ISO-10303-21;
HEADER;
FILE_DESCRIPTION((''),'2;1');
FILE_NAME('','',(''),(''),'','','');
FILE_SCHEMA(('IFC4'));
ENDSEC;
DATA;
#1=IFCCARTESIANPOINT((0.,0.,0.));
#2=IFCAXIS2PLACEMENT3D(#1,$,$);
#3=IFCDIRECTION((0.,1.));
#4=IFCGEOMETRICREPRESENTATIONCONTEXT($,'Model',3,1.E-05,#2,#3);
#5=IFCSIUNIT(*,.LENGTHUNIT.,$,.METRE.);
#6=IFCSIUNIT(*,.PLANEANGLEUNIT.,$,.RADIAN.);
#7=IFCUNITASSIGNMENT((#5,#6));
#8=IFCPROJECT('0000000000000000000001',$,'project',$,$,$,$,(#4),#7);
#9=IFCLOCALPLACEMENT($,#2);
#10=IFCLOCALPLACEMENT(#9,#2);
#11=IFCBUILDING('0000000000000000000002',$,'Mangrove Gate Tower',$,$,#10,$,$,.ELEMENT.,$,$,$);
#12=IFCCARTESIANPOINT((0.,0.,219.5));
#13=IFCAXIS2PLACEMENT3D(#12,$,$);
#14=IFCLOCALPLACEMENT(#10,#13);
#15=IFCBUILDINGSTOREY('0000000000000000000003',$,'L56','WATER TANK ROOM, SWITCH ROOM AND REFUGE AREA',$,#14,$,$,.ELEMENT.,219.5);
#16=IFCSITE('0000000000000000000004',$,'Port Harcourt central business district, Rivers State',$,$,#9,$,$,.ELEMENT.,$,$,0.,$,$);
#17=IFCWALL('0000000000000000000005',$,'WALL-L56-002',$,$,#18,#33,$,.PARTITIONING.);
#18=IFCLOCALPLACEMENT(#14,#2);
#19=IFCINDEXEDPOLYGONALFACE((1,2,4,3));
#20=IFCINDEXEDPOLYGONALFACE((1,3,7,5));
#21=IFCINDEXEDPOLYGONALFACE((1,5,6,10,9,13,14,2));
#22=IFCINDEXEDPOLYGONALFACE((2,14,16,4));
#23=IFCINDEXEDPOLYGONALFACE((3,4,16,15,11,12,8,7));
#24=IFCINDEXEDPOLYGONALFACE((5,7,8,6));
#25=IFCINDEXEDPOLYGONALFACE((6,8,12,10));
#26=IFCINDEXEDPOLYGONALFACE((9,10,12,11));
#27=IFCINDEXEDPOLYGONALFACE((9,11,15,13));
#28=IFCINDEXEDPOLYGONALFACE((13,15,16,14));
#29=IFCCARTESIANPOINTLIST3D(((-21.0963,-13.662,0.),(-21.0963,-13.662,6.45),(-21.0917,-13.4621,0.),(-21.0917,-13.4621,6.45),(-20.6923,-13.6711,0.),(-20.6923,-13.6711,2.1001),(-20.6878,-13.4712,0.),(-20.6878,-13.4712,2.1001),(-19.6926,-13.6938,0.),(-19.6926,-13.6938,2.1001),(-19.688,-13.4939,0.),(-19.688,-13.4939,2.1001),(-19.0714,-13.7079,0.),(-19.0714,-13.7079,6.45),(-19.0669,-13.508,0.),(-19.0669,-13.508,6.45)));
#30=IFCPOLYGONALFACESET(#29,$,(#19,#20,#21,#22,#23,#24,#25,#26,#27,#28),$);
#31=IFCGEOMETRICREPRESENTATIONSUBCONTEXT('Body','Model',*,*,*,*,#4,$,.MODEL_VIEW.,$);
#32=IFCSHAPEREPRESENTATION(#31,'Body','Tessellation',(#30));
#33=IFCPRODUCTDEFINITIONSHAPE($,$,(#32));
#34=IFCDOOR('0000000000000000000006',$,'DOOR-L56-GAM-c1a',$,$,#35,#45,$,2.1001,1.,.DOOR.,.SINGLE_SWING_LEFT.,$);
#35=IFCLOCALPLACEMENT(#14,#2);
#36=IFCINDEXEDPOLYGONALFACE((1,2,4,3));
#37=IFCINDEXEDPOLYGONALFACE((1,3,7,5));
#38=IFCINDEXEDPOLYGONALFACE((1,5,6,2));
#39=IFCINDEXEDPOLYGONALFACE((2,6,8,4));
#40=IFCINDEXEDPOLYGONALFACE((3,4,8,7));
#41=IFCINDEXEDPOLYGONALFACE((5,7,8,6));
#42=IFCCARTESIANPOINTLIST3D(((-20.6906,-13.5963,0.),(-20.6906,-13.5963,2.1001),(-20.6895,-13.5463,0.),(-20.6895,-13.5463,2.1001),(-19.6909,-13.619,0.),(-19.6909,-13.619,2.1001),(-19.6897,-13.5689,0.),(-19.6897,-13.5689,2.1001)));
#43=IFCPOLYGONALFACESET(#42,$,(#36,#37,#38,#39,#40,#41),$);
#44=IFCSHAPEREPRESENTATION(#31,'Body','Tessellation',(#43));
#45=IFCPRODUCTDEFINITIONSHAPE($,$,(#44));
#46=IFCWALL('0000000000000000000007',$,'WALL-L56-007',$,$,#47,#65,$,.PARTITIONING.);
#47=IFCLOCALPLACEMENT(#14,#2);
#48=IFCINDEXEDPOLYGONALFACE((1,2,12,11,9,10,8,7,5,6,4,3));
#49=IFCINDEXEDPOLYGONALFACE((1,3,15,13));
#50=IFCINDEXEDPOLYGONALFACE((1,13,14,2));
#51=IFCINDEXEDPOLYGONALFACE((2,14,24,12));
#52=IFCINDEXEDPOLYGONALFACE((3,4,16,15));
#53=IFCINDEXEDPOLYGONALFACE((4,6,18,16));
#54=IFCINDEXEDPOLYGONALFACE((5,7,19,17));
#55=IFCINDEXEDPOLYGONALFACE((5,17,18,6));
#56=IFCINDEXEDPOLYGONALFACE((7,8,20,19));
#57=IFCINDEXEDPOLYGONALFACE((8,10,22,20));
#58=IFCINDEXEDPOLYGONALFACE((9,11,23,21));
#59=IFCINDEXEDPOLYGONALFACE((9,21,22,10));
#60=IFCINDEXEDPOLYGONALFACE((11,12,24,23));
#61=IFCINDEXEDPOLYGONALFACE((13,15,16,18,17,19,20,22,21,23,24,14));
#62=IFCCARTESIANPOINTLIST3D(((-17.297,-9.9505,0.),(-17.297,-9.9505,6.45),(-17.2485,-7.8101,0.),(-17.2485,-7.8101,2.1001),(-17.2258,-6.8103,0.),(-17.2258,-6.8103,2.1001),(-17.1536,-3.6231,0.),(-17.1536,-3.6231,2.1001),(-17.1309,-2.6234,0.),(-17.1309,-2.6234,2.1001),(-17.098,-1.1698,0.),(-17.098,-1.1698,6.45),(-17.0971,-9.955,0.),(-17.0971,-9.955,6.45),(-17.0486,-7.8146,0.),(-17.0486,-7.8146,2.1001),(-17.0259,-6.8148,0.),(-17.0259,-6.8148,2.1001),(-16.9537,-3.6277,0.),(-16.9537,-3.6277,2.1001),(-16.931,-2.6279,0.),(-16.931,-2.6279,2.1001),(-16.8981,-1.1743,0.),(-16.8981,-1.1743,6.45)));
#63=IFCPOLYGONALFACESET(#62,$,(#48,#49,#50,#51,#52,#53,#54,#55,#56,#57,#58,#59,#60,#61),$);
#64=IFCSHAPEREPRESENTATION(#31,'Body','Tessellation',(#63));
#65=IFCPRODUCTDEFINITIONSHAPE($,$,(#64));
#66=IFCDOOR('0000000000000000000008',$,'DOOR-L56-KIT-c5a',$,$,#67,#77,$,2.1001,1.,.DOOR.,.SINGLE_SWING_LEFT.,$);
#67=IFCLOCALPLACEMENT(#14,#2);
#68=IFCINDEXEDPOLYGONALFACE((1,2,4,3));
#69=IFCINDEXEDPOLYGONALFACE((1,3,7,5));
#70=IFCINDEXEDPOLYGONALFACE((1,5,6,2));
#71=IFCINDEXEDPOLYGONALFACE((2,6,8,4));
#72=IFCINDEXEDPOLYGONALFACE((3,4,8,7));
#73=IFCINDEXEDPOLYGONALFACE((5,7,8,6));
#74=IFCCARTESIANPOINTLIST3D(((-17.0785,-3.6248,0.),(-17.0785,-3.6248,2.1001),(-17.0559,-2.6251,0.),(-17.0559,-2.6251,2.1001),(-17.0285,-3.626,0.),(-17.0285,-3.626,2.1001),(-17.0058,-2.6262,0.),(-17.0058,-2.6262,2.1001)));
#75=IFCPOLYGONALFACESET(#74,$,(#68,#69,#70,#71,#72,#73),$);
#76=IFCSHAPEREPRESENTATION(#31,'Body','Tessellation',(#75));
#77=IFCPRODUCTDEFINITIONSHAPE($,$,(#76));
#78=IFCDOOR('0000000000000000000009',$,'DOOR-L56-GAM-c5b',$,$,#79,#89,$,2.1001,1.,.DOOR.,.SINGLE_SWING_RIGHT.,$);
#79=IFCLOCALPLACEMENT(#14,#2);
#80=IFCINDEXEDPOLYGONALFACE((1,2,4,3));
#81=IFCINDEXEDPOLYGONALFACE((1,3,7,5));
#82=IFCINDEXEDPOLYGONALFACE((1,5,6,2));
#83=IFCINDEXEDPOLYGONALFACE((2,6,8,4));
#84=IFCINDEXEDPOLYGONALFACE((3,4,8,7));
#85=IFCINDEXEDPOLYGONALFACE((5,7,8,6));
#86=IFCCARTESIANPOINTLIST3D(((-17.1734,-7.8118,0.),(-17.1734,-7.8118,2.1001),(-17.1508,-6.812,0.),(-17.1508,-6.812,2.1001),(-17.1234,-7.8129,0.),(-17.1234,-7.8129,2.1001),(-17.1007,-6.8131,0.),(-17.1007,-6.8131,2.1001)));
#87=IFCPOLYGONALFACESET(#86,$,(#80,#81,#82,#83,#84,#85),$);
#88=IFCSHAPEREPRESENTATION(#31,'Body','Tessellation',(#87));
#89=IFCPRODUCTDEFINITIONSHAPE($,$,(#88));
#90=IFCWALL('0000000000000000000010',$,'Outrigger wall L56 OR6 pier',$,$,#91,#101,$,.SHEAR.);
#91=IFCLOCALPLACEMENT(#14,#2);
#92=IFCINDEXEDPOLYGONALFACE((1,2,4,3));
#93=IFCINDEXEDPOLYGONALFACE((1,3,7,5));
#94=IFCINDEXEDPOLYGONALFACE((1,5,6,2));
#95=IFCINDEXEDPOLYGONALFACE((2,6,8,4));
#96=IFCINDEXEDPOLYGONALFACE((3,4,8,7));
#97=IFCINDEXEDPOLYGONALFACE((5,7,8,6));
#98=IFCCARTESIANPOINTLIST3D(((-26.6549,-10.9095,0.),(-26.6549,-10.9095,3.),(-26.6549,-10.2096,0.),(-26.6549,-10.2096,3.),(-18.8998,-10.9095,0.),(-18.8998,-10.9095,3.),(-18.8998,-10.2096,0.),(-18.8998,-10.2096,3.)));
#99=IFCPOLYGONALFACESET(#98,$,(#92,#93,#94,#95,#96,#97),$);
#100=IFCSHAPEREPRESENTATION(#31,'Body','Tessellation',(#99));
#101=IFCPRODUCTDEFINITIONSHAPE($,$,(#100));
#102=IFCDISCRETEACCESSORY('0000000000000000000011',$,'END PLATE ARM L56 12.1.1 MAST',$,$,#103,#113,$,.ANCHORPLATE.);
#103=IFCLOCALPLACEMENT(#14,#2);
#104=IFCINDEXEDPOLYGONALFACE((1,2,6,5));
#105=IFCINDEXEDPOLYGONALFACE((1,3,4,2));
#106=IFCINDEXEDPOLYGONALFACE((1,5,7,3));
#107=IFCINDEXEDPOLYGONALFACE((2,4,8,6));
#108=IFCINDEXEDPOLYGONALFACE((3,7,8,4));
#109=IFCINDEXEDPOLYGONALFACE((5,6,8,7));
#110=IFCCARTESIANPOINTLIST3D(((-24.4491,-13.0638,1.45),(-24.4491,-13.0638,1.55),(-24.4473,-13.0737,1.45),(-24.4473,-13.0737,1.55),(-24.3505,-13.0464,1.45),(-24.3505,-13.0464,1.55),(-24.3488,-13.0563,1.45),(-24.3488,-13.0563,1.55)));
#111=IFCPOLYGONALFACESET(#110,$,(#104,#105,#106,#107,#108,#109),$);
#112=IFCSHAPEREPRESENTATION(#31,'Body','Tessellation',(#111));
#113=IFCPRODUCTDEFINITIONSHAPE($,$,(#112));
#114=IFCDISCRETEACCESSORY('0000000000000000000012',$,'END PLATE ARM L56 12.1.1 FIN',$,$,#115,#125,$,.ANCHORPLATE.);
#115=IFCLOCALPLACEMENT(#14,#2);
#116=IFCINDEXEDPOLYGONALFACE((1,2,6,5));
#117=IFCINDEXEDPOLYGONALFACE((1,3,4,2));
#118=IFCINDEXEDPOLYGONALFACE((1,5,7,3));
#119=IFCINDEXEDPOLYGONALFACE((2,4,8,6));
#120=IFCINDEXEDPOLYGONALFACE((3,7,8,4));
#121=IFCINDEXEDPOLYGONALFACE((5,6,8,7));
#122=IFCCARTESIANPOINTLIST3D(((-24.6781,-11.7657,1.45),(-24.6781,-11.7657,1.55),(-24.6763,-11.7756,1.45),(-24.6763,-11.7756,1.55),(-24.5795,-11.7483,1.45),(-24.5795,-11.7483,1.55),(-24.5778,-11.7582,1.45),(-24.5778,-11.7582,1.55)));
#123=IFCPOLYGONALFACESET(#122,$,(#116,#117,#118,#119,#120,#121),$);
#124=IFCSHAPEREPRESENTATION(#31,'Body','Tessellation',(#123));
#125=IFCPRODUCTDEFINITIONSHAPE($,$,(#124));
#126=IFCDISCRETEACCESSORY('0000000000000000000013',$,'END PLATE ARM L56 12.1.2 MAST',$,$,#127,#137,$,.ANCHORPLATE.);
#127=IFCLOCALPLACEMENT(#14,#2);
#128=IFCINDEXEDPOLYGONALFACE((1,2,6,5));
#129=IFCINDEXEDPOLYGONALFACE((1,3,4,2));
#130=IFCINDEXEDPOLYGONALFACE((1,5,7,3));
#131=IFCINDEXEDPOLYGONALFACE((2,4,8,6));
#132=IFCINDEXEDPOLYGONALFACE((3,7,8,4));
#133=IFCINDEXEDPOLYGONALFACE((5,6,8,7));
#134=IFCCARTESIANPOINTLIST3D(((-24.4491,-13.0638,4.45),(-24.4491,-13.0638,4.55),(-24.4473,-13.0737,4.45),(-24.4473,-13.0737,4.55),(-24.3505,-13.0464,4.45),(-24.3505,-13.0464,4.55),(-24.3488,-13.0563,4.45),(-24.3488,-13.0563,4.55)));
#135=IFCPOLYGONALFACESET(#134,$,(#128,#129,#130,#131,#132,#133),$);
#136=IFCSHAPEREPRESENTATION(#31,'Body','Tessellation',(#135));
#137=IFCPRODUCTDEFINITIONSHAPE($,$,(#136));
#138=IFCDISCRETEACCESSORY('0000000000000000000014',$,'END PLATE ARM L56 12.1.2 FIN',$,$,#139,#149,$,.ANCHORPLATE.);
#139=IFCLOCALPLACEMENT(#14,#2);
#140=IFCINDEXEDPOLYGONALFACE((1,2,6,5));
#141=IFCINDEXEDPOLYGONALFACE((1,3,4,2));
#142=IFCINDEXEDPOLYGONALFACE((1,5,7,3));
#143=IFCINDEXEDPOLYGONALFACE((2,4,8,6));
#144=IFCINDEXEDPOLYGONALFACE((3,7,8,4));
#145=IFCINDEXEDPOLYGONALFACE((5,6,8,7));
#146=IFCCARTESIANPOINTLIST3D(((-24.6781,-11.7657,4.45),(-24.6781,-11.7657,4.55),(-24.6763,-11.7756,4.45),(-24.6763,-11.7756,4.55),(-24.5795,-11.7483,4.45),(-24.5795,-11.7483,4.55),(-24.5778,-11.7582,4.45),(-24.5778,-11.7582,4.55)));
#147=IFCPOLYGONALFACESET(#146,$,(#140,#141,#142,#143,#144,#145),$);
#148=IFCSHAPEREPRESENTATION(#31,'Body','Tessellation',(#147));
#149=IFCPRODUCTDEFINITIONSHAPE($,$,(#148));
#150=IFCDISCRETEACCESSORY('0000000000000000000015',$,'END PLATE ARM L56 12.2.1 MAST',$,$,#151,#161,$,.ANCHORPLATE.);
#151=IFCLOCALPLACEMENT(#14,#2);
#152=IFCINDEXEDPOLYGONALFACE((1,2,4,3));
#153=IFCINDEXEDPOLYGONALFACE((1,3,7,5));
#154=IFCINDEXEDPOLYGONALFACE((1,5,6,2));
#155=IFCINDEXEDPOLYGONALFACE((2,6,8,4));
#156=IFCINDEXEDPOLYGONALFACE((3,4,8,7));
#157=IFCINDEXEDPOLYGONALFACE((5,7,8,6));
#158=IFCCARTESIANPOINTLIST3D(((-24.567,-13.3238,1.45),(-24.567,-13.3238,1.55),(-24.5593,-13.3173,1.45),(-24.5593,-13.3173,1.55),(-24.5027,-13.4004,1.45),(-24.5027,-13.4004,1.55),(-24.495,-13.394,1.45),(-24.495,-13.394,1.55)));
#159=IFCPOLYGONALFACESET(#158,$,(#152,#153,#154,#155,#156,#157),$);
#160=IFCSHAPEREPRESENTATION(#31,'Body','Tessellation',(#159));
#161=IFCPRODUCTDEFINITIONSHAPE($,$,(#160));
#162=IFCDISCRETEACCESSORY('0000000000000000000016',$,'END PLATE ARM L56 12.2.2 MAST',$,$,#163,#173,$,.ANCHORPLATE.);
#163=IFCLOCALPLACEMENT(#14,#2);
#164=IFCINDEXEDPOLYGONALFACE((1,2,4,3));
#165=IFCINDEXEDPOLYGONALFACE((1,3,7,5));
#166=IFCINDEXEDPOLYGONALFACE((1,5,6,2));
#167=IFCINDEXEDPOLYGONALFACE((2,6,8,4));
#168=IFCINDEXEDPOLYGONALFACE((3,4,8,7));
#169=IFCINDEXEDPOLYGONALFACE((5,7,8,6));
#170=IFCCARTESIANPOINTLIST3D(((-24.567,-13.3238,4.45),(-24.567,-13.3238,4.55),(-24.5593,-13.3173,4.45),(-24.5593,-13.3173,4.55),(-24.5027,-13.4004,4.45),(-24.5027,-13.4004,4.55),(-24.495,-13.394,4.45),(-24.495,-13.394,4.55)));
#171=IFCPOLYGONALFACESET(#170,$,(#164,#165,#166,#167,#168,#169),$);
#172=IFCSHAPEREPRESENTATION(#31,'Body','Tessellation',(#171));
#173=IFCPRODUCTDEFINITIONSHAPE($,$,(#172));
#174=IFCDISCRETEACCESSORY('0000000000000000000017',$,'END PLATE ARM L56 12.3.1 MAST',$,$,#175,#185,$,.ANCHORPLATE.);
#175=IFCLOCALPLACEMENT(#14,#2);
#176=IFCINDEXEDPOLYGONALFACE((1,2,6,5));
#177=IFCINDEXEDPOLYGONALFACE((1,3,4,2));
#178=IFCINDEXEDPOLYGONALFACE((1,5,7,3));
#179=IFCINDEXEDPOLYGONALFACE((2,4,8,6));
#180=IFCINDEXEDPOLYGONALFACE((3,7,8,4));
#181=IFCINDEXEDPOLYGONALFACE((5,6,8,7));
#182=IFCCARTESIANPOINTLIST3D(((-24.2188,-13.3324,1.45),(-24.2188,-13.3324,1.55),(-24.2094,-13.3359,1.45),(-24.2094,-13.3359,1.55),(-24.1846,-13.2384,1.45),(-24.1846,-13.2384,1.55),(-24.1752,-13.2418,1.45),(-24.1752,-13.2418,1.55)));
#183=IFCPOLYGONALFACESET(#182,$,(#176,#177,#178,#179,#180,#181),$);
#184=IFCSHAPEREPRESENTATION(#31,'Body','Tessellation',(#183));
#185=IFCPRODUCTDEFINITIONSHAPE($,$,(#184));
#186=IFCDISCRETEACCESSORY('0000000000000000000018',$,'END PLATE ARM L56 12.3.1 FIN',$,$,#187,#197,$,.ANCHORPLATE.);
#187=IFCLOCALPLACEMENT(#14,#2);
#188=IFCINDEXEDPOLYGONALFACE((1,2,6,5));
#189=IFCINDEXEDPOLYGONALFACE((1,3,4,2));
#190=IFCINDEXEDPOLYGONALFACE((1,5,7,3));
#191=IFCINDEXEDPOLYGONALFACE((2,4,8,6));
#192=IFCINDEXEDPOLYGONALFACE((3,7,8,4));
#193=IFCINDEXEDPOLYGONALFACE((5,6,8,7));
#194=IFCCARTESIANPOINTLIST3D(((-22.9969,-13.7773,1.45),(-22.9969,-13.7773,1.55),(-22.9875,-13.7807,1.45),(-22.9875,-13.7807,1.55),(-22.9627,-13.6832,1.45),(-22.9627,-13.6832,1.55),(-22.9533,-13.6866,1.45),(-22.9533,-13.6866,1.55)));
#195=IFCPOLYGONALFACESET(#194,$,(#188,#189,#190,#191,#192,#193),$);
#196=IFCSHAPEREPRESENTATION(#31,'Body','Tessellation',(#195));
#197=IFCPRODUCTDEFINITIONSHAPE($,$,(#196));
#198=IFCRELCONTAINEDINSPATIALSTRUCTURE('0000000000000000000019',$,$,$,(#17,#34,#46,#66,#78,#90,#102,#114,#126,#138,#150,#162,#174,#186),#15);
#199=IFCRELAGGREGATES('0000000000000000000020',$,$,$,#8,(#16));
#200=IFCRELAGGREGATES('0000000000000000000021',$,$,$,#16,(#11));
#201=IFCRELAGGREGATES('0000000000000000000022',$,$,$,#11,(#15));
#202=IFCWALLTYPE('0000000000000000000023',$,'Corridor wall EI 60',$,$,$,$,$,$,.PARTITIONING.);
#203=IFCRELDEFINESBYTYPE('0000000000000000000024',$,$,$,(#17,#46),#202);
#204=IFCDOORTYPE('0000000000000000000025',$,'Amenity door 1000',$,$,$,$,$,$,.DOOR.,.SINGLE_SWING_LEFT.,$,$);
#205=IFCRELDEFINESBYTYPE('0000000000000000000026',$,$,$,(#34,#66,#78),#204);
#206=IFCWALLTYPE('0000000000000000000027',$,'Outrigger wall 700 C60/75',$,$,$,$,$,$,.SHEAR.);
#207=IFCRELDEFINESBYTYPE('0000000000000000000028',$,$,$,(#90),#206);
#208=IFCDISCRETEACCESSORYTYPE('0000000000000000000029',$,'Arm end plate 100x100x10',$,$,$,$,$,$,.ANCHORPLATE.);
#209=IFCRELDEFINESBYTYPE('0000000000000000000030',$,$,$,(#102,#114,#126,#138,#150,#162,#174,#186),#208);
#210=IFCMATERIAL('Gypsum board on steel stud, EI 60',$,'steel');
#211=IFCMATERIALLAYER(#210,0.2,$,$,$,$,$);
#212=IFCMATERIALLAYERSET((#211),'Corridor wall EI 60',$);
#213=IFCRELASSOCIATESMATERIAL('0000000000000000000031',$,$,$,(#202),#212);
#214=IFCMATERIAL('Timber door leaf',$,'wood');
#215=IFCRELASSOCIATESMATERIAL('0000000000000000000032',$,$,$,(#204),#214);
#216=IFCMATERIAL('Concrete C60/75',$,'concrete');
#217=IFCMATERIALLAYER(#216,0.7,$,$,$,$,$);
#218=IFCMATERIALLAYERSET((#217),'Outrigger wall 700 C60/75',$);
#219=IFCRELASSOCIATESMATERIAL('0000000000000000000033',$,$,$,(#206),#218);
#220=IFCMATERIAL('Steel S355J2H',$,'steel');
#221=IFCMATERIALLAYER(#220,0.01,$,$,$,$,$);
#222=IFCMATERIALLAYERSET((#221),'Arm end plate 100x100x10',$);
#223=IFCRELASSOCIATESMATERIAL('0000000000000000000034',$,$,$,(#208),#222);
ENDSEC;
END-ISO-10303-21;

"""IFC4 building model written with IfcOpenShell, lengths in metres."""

from ifc_helpers import new_model, si_unit, direction, frame, frame_2d, origin, origin_2d, place, context, subcontext, project, spatial, rectangle, extrude, material, layer, layer_set, type_object, element, fill, save


model = new_model("IFC4")

# Units and contexts
model_context = context("Model", 3, precision=1e-05, world=origin(), true_north=direction((0.0, 1.0)))
body_context = subcontext(model_context, "Body", "Model", "MODEL_VIEW")
ifc_project = project(units=[si_unit("LENGTHUNIT", "METRE"), si_unit("PLANEANGLEUNIT", "RADIAN")], contexts=[model_context])

# Site, building, storey
site_placement = place(None, origin())
site = spatial("IfcSite", under=ifc_project, at=site_placement, Name="Port Harcourt central business district, Rivers State", CompositionType="ELEMENT", RefElevation=0.0)
building_placement = place(site_placement, origin())
building = spatial("IfcBuilding", under=site, at=building_placement, Name="Mangrove Gate Tower", CompositionType="ELEMENT")
storey_placement = place(building_placement, frame((0.0, 0.0, 219.5)))
storey = spatial("IfcBuildingStorey", under=building, at=storey_placement, Name="L56", Description="WATER TANK ROOM, SWITCH ROOM AND REFUGE AREA", CompositionType="ELEMENT", Elevation=219.5)

# Wall, opening, door
ifc_material_1 = material(Name="Gypsum board on steel stud, EI 60", Category="steel")
ifc_layer_1 = layer(ifc_material_1, 0.2)
ifc_layer_set_1 = layer_set([ifc_layer_1], Name="Corridor wall EI 60")
wall_type_1 = type_object("IfcWallType", Name="Corridor wall EI 60", PredefinedType="PARTITIONING", material=ifc_layer_set_1)
wall_1_placement = place(storey_placement, frame((-21.094, -13.562, 0.0), z_axis=(0.0, 0.0, 1.0), x_axis=(0.999743, -0.022661, 0.0)))
wall_1 = element("IfcWall", 1, at=wall_1_placement, inside=storey, type_object=wall_type_1, Name="WALL-L56-002", PredefinedType="PARTITIONING", context=body_context, shape_type="SweptSolid", body=[
    extrude(rectangle(XDim=2.0254, YDim=0.2, at=frame_2d((1.0127, 0.0))), origin(), (0.0, 0.0, 1.0), 6.45),
])
opening_1_placement = place(wall_1_placement, frame((0.4041, 0.0, 0.0)))
opening_1 = element("IfcOpeningElement", 2, at=opening_1_placement, cuts=wall_1, PredefinedType="OPENING", context=body_context, shape_type="SweptSolid", body=[
    extrude(rectangle(XDim=1.0, YDim=2.1001, at=frame_2d((0.5, 1.05))), frame((0.0, 0.1099, 0.0), z_axis=(0.0, -1.0, 0.0), x_axis=(1.0, 0.0, 0.0)), (0.0, 0.0, 1.0), 0.22),
])
ifc_material_2 = material(Name="Timber door leaf", Category="wood")
door_type = type_object("IfcDoorType", Name="Amenity door 1000", OperationType="SINGLE_SWING_LEFT", PredefinedType="DOOR", material=ifc_material_2)
door_1_placement = place(opening_1_placement, origin())
door_1 = element("IfcDoor", 3, at=door_1_placement, inside=storey, type_object=door_type, Name="DOOR-L56-GAM-c1a", OperationType="SINGLE_SWING_LEFT", OverallHeight=2.1001, OverallWidth=1.0, PredefinedType="DOOR", context=body_context, shape_type="SweptSolid", body=[
    extrude(rectangle(XDim=1.0, YDim=2.1001, at=frame_2d((0.5, 1.05))), frame((0.0, 0.0249, 0.0), z_axis=(0.0, -1.0, 0.0), x_axis=(1.0, 0.0, 0.0)), (0.0, 0.0, 1.0), 0.05),
])
fill(opening_1, door_1)

# Wall, openings, doors
wall_2_placement = place(storey_placement, frame((-17.197, -9.9529, 0.0), z_axis=(0.0, 0.0, 1.0), x_axis=(0.022654, 0.999743, 0.0)))
wall_2 = element("IfcWall", 4, at=wall_2_placement, inside=storey, type_object=wall_type_1, Name="WALL-L56-007", PredefinedType="PARTITIONING", context=body_context, shape_type="SweptSolid", body=[
    extrude(rectangle(XDim=8.783, YDim=0.2, at=frame_2d((4.3916, 0.0))), origin(), (0.0, 0.0, 1.0), 6.45),
])
opening_2_placement = place(wall_2_placement, frame((6.3291, 0.0, 0.0)))
opening_2 = element("IfcOpeningElement", 5, at=opening_2_placement, cuts=wall_2, PredefinedType="OPENING", context=body_context, shape_type="SweptSolid", body=[
    extrude(rectangle(XDim=1.0, YDim=2.1001, at=frame_2d((0.5, 1.05))), frame((0.0, 0.1099, 0.0), z_axis=(0.0, -1.0, 0.0), x_axis=(1.0, 0.0, 0.0)), (0.0, 0.0, 1.0), 0.22),
])
opening_3_placement = place(wall_2_placement, frame((2.1411, 0.0, 0.0)))
opening_3 = element("IfcOpeningElement", 6, at=opening_3_placement, cuts=wall_2, PredefinedType="OPENING", context=body_context, shape_type="SweptSolid", body=[
    extrude(rectangle(XDim=1.0, YDim=2.1001, at=frame_2d((0.5, 1.05))), frame((0.0, 0.1099, 0.0), z_axis=(0.0, -1.0, 0.0), x_axis=(1.0, 0.0, 0.0)), (0.0, 0.0, 1.0), 0.22),
])
door_2_placement = place(opening_2_placement, origin())
door_2 = element("IfcDoor", 7, at=door_2_placement, inside=storey, type_object=door_type, Name="DOOR-L56-KIT-c5a", OperationType="SINGLE_SWING_LEFT", OverallHeight=2.1001, OverallWidth=1.0, PredefinedType="DOOR", context=body_context, shape_type="SweptSolid", body=[
    extrude(rectangle(XDim=1.0, YDim=2.1001, at=frame_2d((0.5, 1.05))), frame((0.0, 0.0249, 0.0), z_axis=(0.0, -1.0, 0.0), x_axis=(1.0, 0.0, 0.0)), (0.0, 0.0, 1.0), 0.05),
])
fill(opening_2, door_2)
door_3_placement = place(opening_3_placement, origin())
door_3 = element("IfcDoor", 8, at=door_3_placement, inside=storey, type_object=door_type, Name="DOOR-L56-GAM-c5b", OperationType="SINGLE_SWING_RIGHT", OverallHeight=2.1001, OverallWidth=1.0, PredefinedType="DOOR", context=body_context, shape_type="SweptSolid", body=[
    extrude(rectangle(XDim=1.0, YDim=2.1001, at=frame_2d((0.5, 1.05))), frame((0.0, 0.0249, 0.0), z_axis=(0.0, -1.0, 0.0), x_axis=(1.0, 0.0, 0.0)), (0.0, 0.0, 1.0), 0.05),
])
fill(opening_3, door_3)

# Wall
ifc_material_3 = material(Name="Concrete C60/75", Category="concrete")
ifc_layer_2 = layer(ifc_material_3, 0.7)
ifc_layer_set_2 = layer_set([ifc_layer_2], Name="Outrigger wall 700 C60/75")
wall_type_2 = type_object("IfcWallType", Name="Outrigger wall 700 C60/75", PredefinedType="SHEAR", material=ifc_layer_set_2)
wall_3_placement = place(storey_placement, frame((-18.8999, -10.5596, 0.0), z_axis=(0.0, 0.0, 1.0), x_axis=(-1.0, 0.0, 0.0)))
element("IfcWall", 9, at=wall_3_placement, inside=storey, type_object=wall_type_2, Name="Outrigger wall L56 OR6 pier", PredefinedType="SHEAR", context=body_context, shape_type="SweptSolid", body=[
    extrude(rectangle(XDim=7.7551, YDim=0.7, at=frame_2d((3.8774, 0.0))), origin(), (0.0, 0.0, 1.0), 3.0),
])

# Discrete accessories
ifc_material_4 = material(Name="Steel S355J2H", Category="steel")
ifc_layer_3 = layer(ifc_material_4, 0.01)
ifc_layer_set_3 = layer_set([ifc_layer_3], Name="Arm end plate 100x100x10")
discrete_accessory_type_1 = type_object("IfcDiscreteAccessoryType", Name="Arm end plate 100x100x10", PredefinedType="ANCHORPLATE", material=ifc_layer_set_3)
for number, where, z_axis, x_axis, name in (
    (10, (-24.3989, -13.0601, 1.45), (0.0, 0.0, 1.0), (-0.173648, 0.984808, 0.0), "END PLATE ARM L56 12.1.1 MAST"),
    (11, (-24.6279, -11.762, 1.45), (0.0, 0.0, 1.0), (-0.173648, 0.984808, 0.0), "END PLATE ARM L56 12.1.1 FIN"),
    (12, (-24.3989, -13.0601, 4.45), (0.0, 0.0, 1.0), (-0.173648, 0.984808, 0.0), "END PLATE ARM L56 12.1.2 MAST"),
    (13, (-24.6279, -11.762, 4.45), (0.0, 0.0, 1.0), (-0.173648, 0.984808, 0.0), "END PLATE ARM L56 12.1.2 FIN"),
    (14, (-24.531, -13.3589, 1.45), (0.0, 0.0, 1.0), (-0.766044, -0.642788, 0.0), "END PLATE ARM L56 12.2.1 MAST"),
    (15, (-24.531, -13.3589, 4.45), (0.0, 0.0, 1.0), (-0.766044, -0.642788, 0.0), "END PLATE ARM L56 12.2.2 MAST"),
    (16, (-24.197, -13.2871, 1.45), (0.0, 0.0, 1.0), (0.939693, -0.34202, 0.0), "END PLATE ARM L56 12.3.1 MAST"),
    (17, (-22.9751, -13.7319, 1.45), (0.0, 0.0, 1.0), (0.939693, -0.34202, 0.0), "END PLATE ARM L56 12.3.1 FIN"),
):
    element("IfcDiscreteAccessory", number, at=place(storey_placement, frame(where, z_axis=z_axis, x_axis=x_axis)), inside=storey, type_object=discrete_accessory_type_1, Name=name, PredefinedType="ANCHORPLATE", context=body_context, shape_type="SweptSolid", body=[
        extrude(rectangle(XDim=0.01, YDim=0.1001, at=origin_2d()), origin(), (0.0, 0.0, 1.0), 0.1001),
    ])

save(model, "model.ifc")
